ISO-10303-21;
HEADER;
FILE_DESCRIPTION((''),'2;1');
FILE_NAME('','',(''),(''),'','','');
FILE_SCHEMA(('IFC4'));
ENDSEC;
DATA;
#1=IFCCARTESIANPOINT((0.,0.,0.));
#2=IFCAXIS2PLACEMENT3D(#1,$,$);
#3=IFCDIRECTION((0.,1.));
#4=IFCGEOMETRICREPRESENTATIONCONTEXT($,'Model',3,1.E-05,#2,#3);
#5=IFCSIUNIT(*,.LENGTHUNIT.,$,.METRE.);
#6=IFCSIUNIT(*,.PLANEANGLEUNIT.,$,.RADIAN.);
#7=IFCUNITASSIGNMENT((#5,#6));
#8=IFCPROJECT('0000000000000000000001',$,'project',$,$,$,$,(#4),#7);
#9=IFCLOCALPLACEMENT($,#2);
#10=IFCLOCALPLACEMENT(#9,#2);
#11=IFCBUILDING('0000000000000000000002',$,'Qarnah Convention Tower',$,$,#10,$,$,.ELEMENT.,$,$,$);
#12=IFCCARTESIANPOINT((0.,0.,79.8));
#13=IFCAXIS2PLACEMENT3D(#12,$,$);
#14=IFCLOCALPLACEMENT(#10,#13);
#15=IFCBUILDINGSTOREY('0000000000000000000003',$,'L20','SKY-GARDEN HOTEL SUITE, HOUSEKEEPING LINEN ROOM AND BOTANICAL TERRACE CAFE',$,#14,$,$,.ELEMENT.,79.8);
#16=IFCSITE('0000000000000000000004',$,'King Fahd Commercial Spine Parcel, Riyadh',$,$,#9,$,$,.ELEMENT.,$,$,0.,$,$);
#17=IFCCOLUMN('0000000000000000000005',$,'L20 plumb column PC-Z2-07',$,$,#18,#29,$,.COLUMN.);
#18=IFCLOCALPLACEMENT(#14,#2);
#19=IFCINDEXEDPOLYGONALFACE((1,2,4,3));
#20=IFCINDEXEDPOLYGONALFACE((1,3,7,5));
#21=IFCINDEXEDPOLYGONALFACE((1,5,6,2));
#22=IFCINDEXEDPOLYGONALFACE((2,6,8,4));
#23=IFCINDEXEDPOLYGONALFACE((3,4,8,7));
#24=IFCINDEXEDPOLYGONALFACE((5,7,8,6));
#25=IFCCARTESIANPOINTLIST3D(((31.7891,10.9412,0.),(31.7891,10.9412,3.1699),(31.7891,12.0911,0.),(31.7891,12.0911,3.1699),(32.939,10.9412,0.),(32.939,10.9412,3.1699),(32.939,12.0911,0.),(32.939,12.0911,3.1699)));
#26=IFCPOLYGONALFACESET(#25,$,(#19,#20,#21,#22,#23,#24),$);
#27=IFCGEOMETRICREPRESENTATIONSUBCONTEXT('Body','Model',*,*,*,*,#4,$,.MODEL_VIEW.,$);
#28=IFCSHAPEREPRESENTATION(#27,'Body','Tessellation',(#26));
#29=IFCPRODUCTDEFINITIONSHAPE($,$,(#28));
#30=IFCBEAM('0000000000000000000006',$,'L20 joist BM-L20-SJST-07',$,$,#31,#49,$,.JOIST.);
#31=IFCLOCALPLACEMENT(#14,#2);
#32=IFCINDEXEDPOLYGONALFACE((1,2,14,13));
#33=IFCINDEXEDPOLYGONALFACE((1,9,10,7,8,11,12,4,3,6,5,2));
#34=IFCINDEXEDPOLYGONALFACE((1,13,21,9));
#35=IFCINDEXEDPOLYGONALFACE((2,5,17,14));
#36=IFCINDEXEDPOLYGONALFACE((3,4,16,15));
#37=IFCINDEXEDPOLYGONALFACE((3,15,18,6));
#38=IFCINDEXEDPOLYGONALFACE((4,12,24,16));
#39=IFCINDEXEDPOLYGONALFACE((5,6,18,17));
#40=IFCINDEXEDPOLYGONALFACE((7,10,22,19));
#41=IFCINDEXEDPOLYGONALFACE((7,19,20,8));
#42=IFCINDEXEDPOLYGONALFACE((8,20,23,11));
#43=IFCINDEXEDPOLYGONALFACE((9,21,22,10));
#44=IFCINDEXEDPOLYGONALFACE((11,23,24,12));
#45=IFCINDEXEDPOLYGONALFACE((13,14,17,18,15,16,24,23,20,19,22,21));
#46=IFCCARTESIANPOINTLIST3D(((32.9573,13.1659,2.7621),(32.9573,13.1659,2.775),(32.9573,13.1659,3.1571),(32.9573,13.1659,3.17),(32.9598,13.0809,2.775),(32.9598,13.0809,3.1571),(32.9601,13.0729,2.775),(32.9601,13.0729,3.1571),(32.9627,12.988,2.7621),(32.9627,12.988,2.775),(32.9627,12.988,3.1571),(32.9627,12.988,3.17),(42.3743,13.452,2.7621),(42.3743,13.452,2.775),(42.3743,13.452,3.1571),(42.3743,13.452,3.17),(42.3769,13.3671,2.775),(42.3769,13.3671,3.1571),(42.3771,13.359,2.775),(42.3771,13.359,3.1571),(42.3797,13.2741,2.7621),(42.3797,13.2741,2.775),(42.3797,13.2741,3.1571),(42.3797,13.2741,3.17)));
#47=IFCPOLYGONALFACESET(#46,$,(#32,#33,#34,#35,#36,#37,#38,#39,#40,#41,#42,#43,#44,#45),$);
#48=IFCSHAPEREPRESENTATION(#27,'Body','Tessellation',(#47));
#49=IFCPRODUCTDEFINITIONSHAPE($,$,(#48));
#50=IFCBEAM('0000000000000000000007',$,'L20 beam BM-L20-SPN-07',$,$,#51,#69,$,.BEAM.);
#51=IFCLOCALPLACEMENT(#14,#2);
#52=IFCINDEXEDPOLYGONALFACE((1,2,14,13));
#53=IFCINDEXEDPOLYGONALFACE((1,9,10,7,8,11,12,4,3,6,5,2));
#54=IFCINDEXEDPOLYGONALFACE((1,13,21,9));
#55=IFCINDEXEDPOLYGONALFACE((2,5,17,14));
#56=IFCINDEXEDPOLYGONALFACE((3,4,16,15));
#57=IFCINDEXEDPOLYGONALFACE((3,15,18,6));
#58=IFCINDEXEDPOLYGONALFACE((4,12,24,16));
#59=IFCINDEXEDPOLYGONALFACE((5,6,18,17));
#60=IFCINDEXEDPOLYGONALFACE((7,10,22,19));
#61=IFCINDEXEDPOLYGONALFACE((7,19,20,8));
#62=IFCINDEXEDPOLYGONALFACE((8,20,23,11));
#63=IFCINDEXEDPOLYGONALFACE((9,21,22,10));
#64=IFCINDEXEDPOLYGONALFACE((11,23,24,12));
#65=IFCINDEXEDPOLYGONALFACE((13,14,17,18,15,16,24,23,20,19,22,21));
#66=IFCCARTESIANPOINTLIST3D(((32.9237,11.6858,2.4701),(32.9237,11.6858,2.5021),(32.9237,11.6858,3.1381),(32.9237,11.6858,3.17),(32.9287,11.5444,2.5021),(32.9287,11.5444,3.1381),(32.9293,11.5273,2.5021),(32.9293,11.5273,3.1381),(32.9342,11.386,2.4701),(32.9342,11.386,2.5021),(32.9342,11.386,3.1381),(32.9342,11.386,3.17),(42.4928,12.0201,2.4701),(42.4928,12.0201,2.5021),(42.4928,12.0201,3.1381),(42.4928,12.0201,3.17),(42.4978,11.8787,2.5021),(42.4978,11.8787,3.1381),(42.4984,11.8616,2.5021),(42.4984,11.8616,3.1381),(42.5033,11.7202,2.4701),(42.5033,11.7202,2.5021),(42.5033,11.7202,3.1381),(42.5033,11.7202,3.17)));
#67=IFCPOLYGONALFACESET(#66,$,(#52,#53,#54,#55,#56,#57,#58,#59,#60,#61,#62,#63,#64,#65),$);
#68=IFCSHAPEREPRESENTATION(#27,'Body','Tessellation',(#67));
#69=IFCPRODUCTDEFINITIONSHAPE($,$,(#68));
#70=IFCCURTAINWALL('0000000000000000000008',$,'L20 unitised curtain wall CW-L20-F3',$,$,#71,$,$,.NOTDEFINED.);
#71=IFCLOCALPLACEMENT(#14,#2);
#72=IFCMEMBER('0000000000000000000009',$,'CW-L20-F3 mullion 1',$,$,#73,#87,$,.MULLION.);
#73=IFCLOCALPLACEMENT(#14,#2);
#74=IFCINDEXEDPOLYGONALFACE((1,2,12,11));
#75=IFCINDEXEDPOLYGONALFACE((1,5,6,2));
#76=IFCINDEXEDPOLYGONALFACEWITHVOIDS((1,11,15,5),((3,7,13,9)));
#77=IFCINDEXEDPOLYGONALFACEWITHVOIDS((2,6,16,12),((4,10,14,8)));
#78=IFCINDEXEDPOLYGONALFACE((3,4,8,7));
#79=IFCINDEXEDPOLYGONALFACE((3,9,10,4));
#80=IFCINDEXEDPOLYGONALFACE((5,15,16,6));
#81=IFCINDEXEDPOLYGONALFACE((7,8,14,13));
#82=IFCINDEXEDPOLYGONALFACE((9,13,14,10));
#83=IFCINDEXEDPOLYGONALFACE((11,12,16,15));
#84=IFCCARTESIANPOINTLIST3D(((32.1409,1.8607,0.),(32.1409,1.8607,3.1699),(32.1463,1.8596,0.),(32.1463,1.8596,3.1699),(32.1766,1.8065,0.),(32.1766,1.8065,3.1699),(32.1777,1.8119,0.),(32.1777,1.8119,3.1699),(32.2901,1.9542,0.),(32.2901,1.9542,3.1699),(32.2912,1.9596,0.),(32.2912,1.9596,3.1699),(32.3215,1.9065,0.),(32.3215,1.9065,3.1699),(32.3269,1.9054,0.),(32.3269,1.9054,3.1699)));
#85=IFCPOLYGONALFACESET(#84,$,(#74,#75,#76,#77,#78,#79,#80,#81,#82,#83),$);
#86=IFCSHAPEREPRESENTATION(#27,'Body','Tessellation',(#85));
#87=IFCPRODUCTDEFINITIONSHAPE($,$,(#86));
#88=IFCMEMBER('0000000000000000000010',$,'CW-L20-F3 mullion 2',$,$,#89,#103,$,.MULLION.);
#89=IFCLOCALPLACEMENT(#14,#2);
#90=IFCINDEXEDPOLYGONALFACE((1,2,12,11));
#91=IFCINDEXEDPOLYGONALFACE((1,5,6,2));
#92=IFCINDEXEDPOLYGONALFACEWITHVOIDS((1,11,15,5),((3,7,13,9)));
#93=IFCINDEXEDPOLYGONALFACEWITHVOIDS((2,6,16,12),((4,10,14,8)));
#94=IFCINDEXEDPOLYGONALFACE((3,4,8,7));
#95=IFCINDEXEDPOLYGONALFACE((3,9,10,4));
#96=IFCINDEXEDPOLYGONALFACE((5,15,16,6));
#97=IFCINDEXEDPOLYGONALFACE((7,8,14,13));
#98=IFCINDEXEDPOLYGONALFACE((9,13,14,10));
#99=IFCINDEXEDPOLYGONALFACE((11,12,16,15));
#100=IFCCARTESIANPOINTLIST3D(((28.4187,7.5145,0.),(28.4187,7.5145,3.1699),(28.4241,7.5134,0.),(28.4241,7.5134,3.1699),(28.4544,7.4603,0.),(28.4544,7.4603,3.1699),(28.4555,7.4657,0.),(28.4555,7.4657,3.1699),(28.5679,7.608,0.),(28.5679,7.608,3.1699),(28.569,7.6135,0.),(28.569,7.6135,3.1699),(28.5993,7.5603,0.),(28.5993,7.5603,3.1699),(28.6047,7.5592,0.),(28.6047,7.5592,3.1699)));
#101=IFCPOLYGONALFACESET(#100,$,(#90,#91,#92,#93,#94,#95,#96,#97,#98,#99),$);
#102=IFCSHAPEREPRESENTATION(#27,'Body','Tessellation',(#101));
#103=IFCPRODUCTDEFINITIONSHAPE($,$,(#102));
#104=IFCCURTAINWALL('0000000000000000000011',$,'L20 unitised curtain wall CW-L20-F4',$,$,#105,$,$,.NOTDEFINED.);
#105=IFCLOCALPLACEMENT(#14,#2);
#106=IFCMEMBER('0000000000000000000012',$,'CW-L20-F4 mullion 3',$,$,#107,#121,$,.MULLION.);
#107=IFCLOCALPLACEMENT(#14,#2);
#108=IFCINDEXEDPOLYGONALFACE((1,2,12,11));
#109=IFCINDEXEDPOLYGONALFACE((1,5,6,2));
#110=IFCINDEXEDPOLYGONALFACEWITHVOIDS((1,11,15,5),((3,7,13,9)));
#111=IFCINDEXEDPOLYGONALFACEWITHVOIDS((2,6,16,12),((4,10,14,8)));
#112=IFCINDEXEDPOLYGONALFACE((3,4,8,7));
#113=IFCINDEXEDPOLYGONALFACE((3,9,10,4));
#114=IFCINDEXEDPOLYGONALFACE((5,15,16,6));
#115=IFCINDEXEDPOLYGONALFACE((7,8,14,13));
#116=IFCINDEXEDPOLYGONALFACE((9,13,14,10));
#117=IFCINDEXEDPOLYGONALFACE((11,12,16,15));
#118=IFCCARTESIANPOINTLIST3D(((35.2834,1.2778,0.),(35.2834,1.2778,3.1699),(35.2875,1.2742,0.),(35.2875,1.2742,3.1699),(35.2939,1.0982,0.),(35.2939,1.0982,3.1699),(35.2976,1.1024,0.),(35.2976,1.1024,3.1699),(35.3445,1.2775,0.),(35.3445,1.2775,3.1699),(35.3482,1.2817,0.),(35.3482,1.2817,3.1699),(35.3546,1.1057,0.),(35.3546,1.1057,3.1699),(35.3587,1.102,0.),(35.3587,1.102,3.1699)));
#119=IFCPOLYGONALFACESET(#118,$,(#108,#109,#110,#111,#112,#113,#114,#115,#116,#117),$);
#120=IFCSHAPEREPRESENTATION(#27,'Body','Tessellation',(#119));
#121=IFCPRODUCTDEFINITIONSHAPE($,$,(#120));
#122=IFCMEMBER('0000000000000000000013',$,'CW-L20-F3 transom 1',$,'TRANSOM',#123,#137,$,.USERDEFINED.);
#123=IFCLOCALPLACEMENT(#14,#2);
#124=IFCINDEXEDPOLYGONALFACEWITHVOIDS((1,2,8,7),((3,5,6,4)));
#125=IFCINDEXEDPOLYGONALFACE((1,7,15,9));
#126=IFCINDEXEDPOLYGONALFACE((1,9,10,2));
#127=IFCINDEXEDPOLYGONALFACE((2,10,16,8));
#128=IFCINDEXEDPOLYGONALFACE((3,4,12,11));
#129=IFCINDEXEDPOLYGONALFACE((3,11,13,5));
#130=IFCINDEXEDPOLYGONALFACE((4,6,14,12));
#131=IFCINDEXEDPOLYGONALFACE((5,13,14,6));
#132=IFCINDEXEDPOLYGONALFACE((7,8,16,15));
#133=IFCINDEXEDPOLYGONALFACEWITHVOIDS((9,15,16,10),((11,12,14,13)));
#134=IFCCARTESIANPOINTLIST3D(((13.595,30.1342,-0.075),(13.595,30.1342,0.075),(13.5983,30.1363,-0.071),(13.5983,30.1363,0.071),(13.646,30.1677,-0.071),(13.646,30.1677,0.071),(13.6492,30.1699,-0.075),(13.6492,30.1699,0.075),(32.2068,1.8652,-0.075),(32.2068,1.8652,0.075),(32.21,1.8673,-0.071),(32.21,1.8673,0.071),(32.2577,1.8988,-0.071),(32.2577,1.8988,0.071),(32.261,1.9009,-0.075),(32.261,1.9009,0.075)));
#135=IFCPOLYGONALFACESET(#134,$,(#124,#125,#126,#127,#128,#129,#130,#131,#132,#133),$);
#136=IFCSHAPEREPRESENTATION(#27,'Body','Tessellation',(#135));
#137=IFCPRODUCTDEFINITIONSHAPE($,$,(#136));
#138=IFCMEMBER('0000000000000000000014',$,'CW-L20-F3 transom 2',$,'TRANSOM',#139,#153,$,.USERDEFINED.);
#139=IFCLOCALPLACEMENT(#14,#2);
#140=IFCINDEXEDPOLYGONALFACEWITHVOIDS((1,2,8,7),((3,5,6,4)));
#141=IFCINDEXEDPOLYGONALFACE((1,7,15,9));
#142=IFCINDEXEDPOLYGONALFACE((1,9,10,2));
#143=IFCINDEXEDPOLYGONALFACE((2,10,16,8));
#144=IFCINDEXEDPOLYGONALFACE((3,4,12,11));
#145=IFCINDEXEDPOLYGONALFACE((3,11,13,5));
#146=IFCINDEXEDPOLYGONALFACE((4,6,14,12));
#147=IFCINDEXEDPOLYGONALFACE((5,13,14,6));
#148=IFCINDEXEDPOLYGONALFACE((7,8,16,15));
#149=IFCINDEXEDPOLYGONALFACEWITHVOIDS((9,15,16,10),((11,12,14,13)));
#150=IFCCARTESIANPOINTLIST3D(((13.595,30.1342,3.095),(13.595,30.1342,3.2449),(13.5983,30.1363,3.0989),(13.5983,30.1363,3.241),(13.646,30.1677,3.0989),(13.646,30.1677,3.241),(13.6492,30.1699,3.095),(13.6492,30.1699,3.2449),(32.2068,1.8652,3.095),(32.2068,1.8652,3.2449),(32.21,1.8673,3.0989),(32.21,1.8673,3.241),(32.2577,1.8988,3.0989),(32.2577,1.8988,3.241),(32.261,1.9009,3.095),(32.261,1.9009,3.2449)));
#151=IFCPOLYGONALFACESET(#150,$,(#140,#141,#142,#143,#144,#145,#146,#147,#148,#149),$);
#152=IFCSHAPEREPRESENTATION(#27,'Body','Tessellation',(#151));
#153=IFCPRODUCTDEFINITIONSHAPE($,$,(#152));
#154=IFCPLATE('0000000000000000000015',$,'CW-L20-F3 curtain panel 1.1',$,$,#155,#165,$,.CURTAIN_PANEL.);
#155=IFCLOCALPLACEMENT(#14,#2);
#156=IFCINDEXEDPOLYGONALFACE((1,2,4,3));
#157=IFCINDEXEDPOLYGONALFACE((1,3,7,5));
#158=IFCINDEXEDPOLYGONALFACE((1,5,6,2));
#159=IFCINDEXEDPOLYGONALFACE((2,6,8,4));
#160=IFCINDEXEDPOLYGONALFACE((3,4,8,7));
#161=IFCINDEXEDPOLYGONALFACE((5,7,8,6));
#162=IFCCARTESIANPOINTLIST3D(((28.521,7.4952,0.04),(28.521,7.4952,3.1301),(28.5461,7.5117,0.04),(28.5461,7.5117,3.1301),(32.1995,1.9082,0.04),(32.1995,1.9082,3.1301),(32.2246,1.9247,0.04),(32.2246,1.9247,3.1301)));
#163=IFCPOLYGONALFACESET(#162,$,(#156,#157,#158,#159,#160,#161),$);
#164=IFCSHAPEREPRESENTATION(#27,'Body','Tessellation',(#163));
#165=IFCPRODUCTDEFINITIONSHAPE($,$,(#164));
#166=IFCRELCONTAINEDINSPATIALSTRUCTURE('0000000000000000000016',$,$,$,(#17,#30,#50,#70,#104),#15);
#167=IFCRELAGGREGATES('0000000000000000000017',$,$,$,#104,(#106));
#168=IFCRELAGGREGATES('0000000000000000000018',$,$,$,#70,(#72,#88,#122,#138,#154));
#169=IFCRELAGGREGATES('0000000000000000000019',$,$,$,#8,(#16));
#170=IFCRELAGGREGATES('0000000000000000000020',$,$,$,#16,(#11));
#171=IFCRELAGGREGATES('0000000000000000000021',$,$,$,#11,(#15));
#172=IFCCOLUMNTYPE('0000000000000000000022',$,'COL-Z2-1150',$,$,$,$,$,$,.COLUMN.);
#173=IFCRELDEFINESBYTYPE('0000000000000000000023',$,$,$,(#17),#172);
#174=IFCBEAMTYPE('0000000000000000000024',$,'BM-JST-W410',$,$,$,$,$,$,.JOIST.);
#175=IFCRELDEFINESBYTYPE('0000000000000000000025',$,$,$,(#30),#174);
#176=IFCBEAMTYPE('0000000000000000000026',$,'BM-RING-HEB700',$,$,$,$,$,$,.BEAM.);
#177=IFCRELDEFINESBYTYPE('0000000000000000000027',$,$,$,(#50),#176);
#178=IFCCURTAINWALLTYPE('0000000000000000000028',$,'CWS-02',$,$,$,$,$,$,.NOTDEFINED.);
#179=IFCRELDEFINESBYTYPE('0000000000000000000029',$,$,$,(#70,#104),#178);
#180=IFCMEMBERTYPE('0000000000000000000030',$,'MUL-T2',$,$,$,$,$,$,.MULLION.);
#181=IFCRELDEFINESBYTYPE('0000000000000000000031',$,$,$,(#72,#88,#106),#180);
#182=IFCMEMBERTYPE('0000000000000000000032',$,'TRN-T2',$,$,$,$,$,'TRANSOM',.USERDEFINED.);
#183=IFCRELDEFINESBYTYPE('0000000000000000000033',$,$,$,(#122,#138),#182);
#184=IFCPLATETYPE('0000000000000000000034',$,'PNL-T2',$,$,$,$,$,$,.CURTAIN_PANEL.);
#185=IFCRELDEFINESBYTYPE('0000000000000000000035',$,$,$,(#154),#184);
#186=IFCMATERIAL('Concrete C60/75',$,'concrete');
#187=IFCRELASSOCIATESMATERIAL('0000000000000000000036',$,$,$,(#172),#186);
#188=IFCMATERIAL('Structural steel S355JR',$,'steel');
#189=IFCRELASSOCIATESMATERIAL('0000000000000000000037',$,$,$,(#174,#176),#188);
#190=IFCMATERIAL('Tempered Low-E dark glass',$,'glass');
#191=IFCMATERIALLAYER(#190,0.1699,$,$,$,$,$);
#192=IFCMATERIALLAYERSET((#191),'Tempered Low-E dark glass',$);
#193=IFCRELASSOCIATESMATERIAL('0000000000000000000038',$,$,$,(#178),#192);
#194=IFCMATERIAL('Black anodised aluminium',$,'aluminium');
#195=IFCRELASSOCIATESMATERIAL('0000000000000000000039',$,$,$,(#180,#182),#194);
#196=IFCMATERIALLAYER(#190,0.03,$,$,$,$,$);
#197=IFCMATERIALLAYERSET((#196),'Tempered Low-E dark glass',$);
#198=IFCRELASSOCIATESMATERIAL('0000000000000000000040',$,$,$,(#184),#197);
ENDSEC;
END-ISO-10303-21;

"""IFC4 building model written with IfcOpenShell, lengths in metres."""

from ifc_helpers import new_model, si_unit, direction, frame, origin, origin_2d, place, context, subcontext, project, spatial, rectangle, hollow_rectangle, i_section, extrude, material, layer, layer_set, material_profile, profile_set, type_object, element, aggregate, save


model = new_model("IFC4")

# Units and contexts
model_context = context("Model", 3, precision=1e-05, world=origin(), true_north=direction((0.0, 1.0)))
body_context = subcontext(model_context, "Body", "Model", "MODEL_VIEW")
ifc_project = project(units=[si_unit("LENGTHUNIT", "METRE"), si_unit("PLANEANGLEUNIT", "RADIAN")], contexts=[model_context])

# Site, building, storey
site_placement = place(None, origin())
site = spatial("IfcSite", under=ifc_project, at=site_placement, Name="King Fahd Commercial Spine Parcel, Riyadh", CompositionType="ELEMENT", RefElevation=0.0)
building_placement = place(site_placement, origin())
building = spatial("IfcBuilding", under=site, at=building_placement, Name="Qarnah Convention Tower", CompositionType="ELEMENT")
storey_placement = place(building_placement, frame((0.0, 0.0, 79.8)))
storey = spatial("IfcBuildingStorey", under=building, at=storey_placement, Name="L20", Description="SKY-GARDEN HOTEL SUITE, HOUSEKEEPING LINEN ROOM AND BOTANICAL TERRACE CAFE", CompositionType="ELEMENT", Elevation=79.8)

# Column
ifc_material_1 = material(Name="Concrete C60/75", Category="concrete")
ifc_material_profile_1 = material_profile(ifc_material_1, rectangle(XDim=1.1499, YDim=1.1499, at=origin_2d()), Name="RC-COL-1150X1150")
ifc_profile_set_1 = profile_set([ifc_material_profile_1], Name="Concrete C60/75")
column_type = type_object("IfcColumnType", Name="COL-Z2-1150", PredefinedType="COLUMN", material=ifc_profile_set_1)
column_placement = place(storey_placement, frame((32.364, 11.5161, 0.0), z_axis=(0.0, 0.0, 1.0), x_axis=(1.0, 0.0, 0.0)))
element("IfcColumn", 1, at=column_placement, inside=storey, type_object=column_type, Name="L20 plumb column PC-Z2-07", PredefinedType="COLUMN", context=body_context, shape_type="SweptSolid", body=[
    extrude(rectangle(XDim=1.1499, YDim=1.1499, at=origin_2d()), origin(), (0.0, 0.0, 1.0), 3.1699),
])

# Beams
ifc_material_2 = material(Name="Structural steel S355JR", Category="steel")
ifc_material_profile_2 = material_profile(ifc_material_2, i_section(OverallWidth=0.178, OverallDepth=0.408, WebThickness=0.0081, FlangeThickness=0.0129, at=origin_2d()), Name="W410X60")
ifc_profile_set_2 = profile_set([ifc_material_profile_2], Name="Structural steel S355JR")
beam_type_1 = type_object("IfcBeamType", Name="BM-JST-W410", PredefinedType="JOIST", material=ifc_profile_set_2)
beam_1_placement = place(storey_placement, frame((32.96, 13.0769, 2.9661), z_axis=(0.999539, 0.030371, 0.0), x_axis=(-0.030371, 0.999539, 0.0)))
element("IfcBeam", 2, at=beam_1_placement, inside=storey, type_object=beam_type_1, Name="L20 joist BM-L20-SJST-07", PredefinedType="JOIST", context=body_context, shape_type="SweptSolid", body=[
    extrude(i_section(OverallWidth=0.178, OverallDepth=0.408, WebThickness=0.0081, FlangeThickness=0.0129, at=origin_2d()), origin(), (0.0, 0.0, 1.0), 9.4214),
])
ifc_material_profile_3 = material_profile(ifc_material_2, i_section(OverallWidth=0.3, OverallDepth=0.7, WebThickness=0.0171, FlangeThickness=0.032, at=origin_2d()), Name="HEB700")
ifc_profile_set_3 = profile_set([ifc_material_profile_3], Name="Structural steel S355JR")
beam_type_2 = type_object("IfcBeamType", Name="BM-RING-HEB700", PredefinedType="BEAM", material=ifc_profile_set_3)
beam_2_placement = place(storey_placement, frame((32.929, 11.5359, 2.8201), z_axis=(0.999391, 0.034907, 0.0), x_axis=(-0.034907, 0.999391, 0.0)))
element("IfcBeam", 3, at=beam_2_placement, inside=storey, type_object=beam_type_2, Name="L20 beam BM-L20-SPN-07", PredefinedType="BEAM", context=body_context, shape_type="SweptSolid", body=[
    extrude(i_section(OverallWidth=0.3, OverallDepth=0.7, WebThickness=0.0171, FlangeThickness=0.032, at=origin_2d()), origin(), (0.0, 0.0, 1.0), 9.575),
])

# Curtain wall, members
ifc_material_3 = material(Name="Tempered Low-E dark glass", Category="glass")
ifc_layer_1 = layer(ifc_material_3, 0.1699)
ifc_layer_set_1 = layer_set([ifc_layer_1], Name="Tempered Low-E dark glass")
curtain_wall_type = type_object("IfcCurtainWallType", Name="CWS-02", PredefinedType="NOTDEFINED", material=ifc_layer_set_1)
curtain_wall_1_placement = place(storey_placement, origin())
curtain_wall_1 = element("IfcCurtainWall", 4, at=curtain_wall_1_placement, inside=storey, type_object=curtain_wall_type, Name="L20 unitised curtain wall CW-L20-F3", PredefinedType="NOTDEFINED")
ifc_material_4 = material(Name="Black anodised aluminium", Category="aluminium")
ifc_material_profile_4 = material_profile(ifc_material_4, hollow_rectangle(XDim=0.0649, YDim=0.1799, WallThickness=0.0039, at=origin_2d()), Name="MUL-65X180")
ifc_profile_set_4 = profile_set([ifc_material_profile_4], Name="Black anodised aluminium")
member_type_1 = type_object("IfcMemberType", Name="MUL-T2", PredefinedType="MULLION", material=ifc_profile_set_4)
member_1_placement = place(storey_placement, frame((32.2339, 1.8831, 0.0), z_axis=(0.0, 0.0, 1.0), x_axis=(-0.549905, 0.835227, 0.0)))
member_1 = element("IfcMember", 5, at=member_1_placement, type_object=member_type_1, Name="CW-L20-F3 mullion 1", PredefinedType="MULLION", context=body_context, shape_type="SweptSolid", body=[
    extrude(hollow_rectangle(XDim=0.0649, YDim=0.1799, WallThickness=0.0039, at=origin_2d()), origin(), (0.0, 0.0, 1.0), 3.1699),
])
member_2_placement = place(storey_placement, frame((28.5117, 7.5369, 0.0), z_axis=(0.0, 0.0, 1.0), x_axis=(-0.549905, 0.835227, 0.0)))
member_2 = element("IfcMember", 6, at=member_2_placement, type_object=member_type_1, Name="CW-L20-F3 mullion 2", PredefinedType="MULLION", context=body_context, shape_type="SweptSolid", body=[
    extrude(hollow_rectangle(XDim=0.0649, YDim=0.1799, WallThickness=0.0039, at=origin_2d()), origin(), (0.0, 0.0, 1.0), 3.1699),
])

# Curtain wall, member
curtain_wall_2_placement = place(storey_placement, origin())
curtain_wall_2 = element("IfcCurtainWall", 7, at=curtain_wall_2_placement, inside=storey, type_object=curtain_wall_type, Name="L20 unitised curtain wall CW-L20-F4", PredefinedType="NOTDEFINED")
member_3_placement = place(storey_placement, frame((35.321, 1.1899, 0.0), z_axis=(0.0, 0.0, 1.0), x_axis=(-0.998282, -0.058599, 0.0)))
member_3 = element("IfcMember", 8, at=member_3_placement, type_object=member_type_1, Name="CW-L20-F4 mullion 3", PredefinedType="MULLION", context=body_context, shape_type="SweptSolid", body=[
    extrude(hollow_rectangle(XDim=0.0649, YDim=0.1799, WallThickness=0.0039, at=origin_2d()), origin(), (0.0, 0.0, 1.0), 3.1699),
])
aggregate(curtain_wall_2, [member_3])

# Members
ifc_material_profile_5 = material_profile(ifc_material_4, hollow_rectangle(XDim=0.0649, YDim=0.1499, WallThickness=0.0039, at=origin_2d()), Name="TRN-65X150")
ifc_profile_set_5 = profile_set([ifc_material_profile_5], Name="Black anodised aluminium")
member_type_2 = type_object("IfcMemberType", Name="TRN-T2", ElementType="TRANSOM", PredefinedType="USERDEFINED", material=ifc_profile_set_5)
member_4_placement = place(storey_placement, frame((32.2339, 1.8831, 0.0), z_axis=(-0.5499, 0.83523, 0.0), x_axis=(-0.83523, -0.5499, 0.0)))
member_4 = element("IfcMember", 9, at=member_4_placement, type_object=member_type_2, Name="CW-L20-F3 transom 1", ObjectType="TRANSOM", PredefinedType="USERDEFINED", context=body_context, shape_type="SweptSolid", body=[
    extrude(hollow_rectangle(XDim=0.0649, YDim=0.1499, WallThickness=0.0039, at=origin_2d()), origin(), (0.0, 0.0, 1.0), 33.8457),
])
member_5_placement = place(storey_placement, frame((32.2339, 1.8831, 3.1699), z_axis=(-0.5499, 0.83523, 0.0), x_axis=(-0.83523, -0.5499, 0.0)))
member_5 = element("IfcMember", 10, at=member_5_placement, type_object=member_type_2, Name="CW-L20-F3 transom 2", ObjectType="TRANSOM", PredefinedType="USERDEFINED", context=body_context, shape_type="SweptSolid", body=[
    extrude(hollow_rectangle(XDim=0.0649, YDim=0.1499, WallThickness=0.0039, at=origin_2d()), origin(), (0.0, 0.0, 1.0), 33.8457),
])

# Plate
ifc_layer_2 = layer(ifc_material_3, 0.03)
ifc_layer_set_2 = layer_set([ifc_layer_2], Name="Tempered Low-E dark glass")
plate_type = type_object("IfcPlateType", Name="PNL-T2", PredefinedType="CURTAIN_PANEL", material=ifc_layer_set_2)
plate_placement = place(storey_placement, frame((30.3728, 4.71, 0.04), z_axis=(0.0, 0.0, 1.0), x_axis=(-0.549905, 0.835227, 0.0)))
plate = element("IfcPlate", 11, at=plate_placement, type_object=plate_type, Name="CW-L20-F3 curtain panel 1.1", PredefinedType="CURTAIN_PANEL", context=body_context, shape_type="SweptSolid", body=[
    extrude(rectangle(XDim=6.6892, YDim=0.03, at=origin_2d()), origin(), (0.0, 0.0, 1.0), 3.0901),
])
aggregate(curtain_wall_1, [member_1, member_2, member_4, member_5, plate])

save(model, "model.ifc")
